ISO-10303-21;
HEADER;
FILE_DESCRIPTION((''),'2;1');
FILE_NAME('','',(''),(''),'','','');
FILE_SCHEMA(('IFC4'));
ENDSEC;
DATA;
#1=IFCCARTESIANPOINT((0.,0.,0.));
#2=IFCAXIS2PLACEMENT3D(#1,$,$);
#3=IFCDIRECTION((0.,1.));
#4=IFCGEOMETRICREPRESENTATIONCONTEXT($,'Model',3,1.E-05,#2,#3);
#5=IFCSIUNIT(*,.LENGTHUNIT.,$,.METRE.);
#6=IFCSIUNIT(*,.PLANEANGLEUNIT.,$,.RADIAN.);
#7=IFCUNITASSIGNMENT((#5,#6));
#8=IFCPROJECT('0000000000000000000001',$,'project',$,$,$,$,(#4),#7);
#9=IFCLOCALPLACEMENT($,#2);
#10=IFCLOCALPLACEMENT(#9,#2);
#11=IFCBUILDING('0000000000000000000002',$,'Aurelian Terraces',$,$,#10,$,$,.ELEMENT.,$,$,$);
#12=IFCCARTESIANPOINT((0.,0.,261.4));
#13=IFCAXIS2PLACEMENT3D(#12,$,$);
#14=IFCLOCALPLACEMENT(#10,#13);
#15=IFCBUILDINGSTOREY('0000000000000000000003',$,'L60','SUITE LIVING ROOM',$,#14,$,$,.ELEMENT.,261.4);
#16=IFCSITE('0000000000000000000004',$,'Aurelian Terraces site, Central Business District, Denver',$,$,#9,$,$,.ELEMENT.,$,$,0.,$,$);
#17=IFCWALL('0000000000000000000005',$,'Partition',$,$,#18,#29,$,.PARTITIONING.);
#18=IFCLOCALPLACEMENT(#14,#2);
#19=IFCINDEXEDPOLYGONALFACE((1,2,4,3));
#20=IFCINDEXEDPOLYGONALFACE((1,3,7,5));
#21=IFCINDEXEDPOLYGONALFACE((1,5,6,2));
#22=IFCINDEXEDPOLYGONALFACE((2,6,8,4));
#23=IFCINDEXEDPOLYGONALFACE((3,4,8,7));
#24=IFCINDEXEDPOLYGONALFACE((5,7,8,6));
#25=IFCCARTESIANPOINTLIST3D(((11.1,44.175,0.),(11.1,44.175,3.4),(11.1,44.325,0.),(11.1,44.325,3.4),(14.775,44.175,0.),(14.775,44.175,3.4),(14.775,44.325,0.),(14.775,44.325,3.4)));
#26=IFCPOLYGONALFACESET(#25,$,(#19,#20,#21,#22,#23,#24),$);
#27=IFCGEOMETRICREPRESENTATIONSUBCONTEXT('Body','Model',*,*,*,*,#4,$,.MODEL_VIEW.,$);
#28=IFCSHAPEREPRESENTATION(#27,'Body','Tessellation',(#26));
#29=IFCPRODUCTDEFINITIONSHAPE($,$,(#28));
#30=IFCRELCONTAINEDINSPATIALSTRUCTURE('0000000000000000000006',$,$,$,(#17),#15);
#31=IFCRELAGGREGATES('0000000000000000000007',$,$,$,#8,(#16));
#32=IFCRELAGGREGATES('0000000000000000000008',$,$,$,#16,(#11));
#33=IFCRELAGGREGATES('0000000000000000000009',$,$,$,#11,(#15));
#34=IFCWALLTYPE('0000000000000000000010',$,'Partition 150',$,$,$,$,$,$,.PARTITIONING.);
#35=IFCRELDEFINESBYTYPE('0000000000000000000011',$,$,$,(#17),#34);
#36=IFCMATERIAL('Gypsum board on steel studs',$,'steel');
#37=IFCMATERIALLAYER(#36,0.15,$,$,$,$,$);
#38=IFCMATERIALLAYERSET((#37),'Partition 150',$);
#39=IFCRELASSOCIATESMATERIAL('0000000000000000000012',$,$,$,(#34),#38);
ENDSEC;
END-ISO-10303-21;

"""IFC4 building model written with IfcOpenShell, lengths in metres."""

from ifc_helpers import new_model, si_unit, direction, frame, frame_2d, origin, place, context, subcontext, project, spatial, rectangle, extrude, source, transform, mapped, material, layer, layer_set, type_object, element, save


model = new_model("IFC4")

# Units and contexts
model_context = context("Model", 3, precision=1e-05, world=origin(), true_north=direction((0.0, 1.0)))
body_context = subcontext(model_context, "Body", "Model", "MODEL_VIEW")
ifc_project = project(units=[si_unit("LENGTHUNIT", "METRE"), si_unit("PLANEANGLEUNIT", "RADIAN")], contexts=[model_context])

# Site, building, storey
site_placement = place(None, origin())
site = spatial("IfcSite", under=ifc_project, at=site_placement, Name="Aurelian Terraces site, Central Business District, Denver", CompositionType="ELEMENT", RefElevation=0.0)
building_placement = place(site_placement, origin())
building = spatial("IfcBuilding", under=site, at=building_placement, Name="Aurelian Terraces", CompositionType="ELEMENT")
storey_placement = place(building_placement, frame((0.0, 0.0, 261.4)))
storey = spatial("IfcBuildingStorey", under=building, at=storey_placement, Name="L60", Description="SUITE LIVING ROOM", CompositionType="ELEMENT", Elevation=261.4)

# Shared definitions
ifc_material_1 = material(Name="Gypsum board on steel studs", Category="steel")

# Wall
ifc_layer_1 = layer(ifc_material_1, 0.15)
ifc_layer_set_1 = layer_set([ifc_layer_1], Name="Partition 150")
wall_type_1 = type_object("IfcWallType", Name="Partition 150", PredefinedType="PARTITIONING", material=ifc_layer_set_1)
shared_shape_1 = source(origin(), body_context, "Body", "SweptSolid", [
    extrude(rectangle(XDim=3.675, YDim=0.15, at=frame_2d((1.8375, 0.0))), origin(), (0.0, 0.0, 1.0), 3.4),
])
wall_1_placement = place(storey_placement, frame((14.775, 44.25, 0.0), z_axis=(0.0, 0.0, 1.0), x_axis=(-1.0, 0.0, 0.0)))
element("IfcWall", 1, at=wall_1_placement, inside=storey, type_object=wall_type_1, Name="Partition", PredefinedType="PARTITIONING", context=body_context, shape_type="MappedRepresentation", body=[
    mapped(shared_shape_1, transform((0.0, 0.0, 0.0), scale=1.0)),
])

save(model, "model.ifc")
